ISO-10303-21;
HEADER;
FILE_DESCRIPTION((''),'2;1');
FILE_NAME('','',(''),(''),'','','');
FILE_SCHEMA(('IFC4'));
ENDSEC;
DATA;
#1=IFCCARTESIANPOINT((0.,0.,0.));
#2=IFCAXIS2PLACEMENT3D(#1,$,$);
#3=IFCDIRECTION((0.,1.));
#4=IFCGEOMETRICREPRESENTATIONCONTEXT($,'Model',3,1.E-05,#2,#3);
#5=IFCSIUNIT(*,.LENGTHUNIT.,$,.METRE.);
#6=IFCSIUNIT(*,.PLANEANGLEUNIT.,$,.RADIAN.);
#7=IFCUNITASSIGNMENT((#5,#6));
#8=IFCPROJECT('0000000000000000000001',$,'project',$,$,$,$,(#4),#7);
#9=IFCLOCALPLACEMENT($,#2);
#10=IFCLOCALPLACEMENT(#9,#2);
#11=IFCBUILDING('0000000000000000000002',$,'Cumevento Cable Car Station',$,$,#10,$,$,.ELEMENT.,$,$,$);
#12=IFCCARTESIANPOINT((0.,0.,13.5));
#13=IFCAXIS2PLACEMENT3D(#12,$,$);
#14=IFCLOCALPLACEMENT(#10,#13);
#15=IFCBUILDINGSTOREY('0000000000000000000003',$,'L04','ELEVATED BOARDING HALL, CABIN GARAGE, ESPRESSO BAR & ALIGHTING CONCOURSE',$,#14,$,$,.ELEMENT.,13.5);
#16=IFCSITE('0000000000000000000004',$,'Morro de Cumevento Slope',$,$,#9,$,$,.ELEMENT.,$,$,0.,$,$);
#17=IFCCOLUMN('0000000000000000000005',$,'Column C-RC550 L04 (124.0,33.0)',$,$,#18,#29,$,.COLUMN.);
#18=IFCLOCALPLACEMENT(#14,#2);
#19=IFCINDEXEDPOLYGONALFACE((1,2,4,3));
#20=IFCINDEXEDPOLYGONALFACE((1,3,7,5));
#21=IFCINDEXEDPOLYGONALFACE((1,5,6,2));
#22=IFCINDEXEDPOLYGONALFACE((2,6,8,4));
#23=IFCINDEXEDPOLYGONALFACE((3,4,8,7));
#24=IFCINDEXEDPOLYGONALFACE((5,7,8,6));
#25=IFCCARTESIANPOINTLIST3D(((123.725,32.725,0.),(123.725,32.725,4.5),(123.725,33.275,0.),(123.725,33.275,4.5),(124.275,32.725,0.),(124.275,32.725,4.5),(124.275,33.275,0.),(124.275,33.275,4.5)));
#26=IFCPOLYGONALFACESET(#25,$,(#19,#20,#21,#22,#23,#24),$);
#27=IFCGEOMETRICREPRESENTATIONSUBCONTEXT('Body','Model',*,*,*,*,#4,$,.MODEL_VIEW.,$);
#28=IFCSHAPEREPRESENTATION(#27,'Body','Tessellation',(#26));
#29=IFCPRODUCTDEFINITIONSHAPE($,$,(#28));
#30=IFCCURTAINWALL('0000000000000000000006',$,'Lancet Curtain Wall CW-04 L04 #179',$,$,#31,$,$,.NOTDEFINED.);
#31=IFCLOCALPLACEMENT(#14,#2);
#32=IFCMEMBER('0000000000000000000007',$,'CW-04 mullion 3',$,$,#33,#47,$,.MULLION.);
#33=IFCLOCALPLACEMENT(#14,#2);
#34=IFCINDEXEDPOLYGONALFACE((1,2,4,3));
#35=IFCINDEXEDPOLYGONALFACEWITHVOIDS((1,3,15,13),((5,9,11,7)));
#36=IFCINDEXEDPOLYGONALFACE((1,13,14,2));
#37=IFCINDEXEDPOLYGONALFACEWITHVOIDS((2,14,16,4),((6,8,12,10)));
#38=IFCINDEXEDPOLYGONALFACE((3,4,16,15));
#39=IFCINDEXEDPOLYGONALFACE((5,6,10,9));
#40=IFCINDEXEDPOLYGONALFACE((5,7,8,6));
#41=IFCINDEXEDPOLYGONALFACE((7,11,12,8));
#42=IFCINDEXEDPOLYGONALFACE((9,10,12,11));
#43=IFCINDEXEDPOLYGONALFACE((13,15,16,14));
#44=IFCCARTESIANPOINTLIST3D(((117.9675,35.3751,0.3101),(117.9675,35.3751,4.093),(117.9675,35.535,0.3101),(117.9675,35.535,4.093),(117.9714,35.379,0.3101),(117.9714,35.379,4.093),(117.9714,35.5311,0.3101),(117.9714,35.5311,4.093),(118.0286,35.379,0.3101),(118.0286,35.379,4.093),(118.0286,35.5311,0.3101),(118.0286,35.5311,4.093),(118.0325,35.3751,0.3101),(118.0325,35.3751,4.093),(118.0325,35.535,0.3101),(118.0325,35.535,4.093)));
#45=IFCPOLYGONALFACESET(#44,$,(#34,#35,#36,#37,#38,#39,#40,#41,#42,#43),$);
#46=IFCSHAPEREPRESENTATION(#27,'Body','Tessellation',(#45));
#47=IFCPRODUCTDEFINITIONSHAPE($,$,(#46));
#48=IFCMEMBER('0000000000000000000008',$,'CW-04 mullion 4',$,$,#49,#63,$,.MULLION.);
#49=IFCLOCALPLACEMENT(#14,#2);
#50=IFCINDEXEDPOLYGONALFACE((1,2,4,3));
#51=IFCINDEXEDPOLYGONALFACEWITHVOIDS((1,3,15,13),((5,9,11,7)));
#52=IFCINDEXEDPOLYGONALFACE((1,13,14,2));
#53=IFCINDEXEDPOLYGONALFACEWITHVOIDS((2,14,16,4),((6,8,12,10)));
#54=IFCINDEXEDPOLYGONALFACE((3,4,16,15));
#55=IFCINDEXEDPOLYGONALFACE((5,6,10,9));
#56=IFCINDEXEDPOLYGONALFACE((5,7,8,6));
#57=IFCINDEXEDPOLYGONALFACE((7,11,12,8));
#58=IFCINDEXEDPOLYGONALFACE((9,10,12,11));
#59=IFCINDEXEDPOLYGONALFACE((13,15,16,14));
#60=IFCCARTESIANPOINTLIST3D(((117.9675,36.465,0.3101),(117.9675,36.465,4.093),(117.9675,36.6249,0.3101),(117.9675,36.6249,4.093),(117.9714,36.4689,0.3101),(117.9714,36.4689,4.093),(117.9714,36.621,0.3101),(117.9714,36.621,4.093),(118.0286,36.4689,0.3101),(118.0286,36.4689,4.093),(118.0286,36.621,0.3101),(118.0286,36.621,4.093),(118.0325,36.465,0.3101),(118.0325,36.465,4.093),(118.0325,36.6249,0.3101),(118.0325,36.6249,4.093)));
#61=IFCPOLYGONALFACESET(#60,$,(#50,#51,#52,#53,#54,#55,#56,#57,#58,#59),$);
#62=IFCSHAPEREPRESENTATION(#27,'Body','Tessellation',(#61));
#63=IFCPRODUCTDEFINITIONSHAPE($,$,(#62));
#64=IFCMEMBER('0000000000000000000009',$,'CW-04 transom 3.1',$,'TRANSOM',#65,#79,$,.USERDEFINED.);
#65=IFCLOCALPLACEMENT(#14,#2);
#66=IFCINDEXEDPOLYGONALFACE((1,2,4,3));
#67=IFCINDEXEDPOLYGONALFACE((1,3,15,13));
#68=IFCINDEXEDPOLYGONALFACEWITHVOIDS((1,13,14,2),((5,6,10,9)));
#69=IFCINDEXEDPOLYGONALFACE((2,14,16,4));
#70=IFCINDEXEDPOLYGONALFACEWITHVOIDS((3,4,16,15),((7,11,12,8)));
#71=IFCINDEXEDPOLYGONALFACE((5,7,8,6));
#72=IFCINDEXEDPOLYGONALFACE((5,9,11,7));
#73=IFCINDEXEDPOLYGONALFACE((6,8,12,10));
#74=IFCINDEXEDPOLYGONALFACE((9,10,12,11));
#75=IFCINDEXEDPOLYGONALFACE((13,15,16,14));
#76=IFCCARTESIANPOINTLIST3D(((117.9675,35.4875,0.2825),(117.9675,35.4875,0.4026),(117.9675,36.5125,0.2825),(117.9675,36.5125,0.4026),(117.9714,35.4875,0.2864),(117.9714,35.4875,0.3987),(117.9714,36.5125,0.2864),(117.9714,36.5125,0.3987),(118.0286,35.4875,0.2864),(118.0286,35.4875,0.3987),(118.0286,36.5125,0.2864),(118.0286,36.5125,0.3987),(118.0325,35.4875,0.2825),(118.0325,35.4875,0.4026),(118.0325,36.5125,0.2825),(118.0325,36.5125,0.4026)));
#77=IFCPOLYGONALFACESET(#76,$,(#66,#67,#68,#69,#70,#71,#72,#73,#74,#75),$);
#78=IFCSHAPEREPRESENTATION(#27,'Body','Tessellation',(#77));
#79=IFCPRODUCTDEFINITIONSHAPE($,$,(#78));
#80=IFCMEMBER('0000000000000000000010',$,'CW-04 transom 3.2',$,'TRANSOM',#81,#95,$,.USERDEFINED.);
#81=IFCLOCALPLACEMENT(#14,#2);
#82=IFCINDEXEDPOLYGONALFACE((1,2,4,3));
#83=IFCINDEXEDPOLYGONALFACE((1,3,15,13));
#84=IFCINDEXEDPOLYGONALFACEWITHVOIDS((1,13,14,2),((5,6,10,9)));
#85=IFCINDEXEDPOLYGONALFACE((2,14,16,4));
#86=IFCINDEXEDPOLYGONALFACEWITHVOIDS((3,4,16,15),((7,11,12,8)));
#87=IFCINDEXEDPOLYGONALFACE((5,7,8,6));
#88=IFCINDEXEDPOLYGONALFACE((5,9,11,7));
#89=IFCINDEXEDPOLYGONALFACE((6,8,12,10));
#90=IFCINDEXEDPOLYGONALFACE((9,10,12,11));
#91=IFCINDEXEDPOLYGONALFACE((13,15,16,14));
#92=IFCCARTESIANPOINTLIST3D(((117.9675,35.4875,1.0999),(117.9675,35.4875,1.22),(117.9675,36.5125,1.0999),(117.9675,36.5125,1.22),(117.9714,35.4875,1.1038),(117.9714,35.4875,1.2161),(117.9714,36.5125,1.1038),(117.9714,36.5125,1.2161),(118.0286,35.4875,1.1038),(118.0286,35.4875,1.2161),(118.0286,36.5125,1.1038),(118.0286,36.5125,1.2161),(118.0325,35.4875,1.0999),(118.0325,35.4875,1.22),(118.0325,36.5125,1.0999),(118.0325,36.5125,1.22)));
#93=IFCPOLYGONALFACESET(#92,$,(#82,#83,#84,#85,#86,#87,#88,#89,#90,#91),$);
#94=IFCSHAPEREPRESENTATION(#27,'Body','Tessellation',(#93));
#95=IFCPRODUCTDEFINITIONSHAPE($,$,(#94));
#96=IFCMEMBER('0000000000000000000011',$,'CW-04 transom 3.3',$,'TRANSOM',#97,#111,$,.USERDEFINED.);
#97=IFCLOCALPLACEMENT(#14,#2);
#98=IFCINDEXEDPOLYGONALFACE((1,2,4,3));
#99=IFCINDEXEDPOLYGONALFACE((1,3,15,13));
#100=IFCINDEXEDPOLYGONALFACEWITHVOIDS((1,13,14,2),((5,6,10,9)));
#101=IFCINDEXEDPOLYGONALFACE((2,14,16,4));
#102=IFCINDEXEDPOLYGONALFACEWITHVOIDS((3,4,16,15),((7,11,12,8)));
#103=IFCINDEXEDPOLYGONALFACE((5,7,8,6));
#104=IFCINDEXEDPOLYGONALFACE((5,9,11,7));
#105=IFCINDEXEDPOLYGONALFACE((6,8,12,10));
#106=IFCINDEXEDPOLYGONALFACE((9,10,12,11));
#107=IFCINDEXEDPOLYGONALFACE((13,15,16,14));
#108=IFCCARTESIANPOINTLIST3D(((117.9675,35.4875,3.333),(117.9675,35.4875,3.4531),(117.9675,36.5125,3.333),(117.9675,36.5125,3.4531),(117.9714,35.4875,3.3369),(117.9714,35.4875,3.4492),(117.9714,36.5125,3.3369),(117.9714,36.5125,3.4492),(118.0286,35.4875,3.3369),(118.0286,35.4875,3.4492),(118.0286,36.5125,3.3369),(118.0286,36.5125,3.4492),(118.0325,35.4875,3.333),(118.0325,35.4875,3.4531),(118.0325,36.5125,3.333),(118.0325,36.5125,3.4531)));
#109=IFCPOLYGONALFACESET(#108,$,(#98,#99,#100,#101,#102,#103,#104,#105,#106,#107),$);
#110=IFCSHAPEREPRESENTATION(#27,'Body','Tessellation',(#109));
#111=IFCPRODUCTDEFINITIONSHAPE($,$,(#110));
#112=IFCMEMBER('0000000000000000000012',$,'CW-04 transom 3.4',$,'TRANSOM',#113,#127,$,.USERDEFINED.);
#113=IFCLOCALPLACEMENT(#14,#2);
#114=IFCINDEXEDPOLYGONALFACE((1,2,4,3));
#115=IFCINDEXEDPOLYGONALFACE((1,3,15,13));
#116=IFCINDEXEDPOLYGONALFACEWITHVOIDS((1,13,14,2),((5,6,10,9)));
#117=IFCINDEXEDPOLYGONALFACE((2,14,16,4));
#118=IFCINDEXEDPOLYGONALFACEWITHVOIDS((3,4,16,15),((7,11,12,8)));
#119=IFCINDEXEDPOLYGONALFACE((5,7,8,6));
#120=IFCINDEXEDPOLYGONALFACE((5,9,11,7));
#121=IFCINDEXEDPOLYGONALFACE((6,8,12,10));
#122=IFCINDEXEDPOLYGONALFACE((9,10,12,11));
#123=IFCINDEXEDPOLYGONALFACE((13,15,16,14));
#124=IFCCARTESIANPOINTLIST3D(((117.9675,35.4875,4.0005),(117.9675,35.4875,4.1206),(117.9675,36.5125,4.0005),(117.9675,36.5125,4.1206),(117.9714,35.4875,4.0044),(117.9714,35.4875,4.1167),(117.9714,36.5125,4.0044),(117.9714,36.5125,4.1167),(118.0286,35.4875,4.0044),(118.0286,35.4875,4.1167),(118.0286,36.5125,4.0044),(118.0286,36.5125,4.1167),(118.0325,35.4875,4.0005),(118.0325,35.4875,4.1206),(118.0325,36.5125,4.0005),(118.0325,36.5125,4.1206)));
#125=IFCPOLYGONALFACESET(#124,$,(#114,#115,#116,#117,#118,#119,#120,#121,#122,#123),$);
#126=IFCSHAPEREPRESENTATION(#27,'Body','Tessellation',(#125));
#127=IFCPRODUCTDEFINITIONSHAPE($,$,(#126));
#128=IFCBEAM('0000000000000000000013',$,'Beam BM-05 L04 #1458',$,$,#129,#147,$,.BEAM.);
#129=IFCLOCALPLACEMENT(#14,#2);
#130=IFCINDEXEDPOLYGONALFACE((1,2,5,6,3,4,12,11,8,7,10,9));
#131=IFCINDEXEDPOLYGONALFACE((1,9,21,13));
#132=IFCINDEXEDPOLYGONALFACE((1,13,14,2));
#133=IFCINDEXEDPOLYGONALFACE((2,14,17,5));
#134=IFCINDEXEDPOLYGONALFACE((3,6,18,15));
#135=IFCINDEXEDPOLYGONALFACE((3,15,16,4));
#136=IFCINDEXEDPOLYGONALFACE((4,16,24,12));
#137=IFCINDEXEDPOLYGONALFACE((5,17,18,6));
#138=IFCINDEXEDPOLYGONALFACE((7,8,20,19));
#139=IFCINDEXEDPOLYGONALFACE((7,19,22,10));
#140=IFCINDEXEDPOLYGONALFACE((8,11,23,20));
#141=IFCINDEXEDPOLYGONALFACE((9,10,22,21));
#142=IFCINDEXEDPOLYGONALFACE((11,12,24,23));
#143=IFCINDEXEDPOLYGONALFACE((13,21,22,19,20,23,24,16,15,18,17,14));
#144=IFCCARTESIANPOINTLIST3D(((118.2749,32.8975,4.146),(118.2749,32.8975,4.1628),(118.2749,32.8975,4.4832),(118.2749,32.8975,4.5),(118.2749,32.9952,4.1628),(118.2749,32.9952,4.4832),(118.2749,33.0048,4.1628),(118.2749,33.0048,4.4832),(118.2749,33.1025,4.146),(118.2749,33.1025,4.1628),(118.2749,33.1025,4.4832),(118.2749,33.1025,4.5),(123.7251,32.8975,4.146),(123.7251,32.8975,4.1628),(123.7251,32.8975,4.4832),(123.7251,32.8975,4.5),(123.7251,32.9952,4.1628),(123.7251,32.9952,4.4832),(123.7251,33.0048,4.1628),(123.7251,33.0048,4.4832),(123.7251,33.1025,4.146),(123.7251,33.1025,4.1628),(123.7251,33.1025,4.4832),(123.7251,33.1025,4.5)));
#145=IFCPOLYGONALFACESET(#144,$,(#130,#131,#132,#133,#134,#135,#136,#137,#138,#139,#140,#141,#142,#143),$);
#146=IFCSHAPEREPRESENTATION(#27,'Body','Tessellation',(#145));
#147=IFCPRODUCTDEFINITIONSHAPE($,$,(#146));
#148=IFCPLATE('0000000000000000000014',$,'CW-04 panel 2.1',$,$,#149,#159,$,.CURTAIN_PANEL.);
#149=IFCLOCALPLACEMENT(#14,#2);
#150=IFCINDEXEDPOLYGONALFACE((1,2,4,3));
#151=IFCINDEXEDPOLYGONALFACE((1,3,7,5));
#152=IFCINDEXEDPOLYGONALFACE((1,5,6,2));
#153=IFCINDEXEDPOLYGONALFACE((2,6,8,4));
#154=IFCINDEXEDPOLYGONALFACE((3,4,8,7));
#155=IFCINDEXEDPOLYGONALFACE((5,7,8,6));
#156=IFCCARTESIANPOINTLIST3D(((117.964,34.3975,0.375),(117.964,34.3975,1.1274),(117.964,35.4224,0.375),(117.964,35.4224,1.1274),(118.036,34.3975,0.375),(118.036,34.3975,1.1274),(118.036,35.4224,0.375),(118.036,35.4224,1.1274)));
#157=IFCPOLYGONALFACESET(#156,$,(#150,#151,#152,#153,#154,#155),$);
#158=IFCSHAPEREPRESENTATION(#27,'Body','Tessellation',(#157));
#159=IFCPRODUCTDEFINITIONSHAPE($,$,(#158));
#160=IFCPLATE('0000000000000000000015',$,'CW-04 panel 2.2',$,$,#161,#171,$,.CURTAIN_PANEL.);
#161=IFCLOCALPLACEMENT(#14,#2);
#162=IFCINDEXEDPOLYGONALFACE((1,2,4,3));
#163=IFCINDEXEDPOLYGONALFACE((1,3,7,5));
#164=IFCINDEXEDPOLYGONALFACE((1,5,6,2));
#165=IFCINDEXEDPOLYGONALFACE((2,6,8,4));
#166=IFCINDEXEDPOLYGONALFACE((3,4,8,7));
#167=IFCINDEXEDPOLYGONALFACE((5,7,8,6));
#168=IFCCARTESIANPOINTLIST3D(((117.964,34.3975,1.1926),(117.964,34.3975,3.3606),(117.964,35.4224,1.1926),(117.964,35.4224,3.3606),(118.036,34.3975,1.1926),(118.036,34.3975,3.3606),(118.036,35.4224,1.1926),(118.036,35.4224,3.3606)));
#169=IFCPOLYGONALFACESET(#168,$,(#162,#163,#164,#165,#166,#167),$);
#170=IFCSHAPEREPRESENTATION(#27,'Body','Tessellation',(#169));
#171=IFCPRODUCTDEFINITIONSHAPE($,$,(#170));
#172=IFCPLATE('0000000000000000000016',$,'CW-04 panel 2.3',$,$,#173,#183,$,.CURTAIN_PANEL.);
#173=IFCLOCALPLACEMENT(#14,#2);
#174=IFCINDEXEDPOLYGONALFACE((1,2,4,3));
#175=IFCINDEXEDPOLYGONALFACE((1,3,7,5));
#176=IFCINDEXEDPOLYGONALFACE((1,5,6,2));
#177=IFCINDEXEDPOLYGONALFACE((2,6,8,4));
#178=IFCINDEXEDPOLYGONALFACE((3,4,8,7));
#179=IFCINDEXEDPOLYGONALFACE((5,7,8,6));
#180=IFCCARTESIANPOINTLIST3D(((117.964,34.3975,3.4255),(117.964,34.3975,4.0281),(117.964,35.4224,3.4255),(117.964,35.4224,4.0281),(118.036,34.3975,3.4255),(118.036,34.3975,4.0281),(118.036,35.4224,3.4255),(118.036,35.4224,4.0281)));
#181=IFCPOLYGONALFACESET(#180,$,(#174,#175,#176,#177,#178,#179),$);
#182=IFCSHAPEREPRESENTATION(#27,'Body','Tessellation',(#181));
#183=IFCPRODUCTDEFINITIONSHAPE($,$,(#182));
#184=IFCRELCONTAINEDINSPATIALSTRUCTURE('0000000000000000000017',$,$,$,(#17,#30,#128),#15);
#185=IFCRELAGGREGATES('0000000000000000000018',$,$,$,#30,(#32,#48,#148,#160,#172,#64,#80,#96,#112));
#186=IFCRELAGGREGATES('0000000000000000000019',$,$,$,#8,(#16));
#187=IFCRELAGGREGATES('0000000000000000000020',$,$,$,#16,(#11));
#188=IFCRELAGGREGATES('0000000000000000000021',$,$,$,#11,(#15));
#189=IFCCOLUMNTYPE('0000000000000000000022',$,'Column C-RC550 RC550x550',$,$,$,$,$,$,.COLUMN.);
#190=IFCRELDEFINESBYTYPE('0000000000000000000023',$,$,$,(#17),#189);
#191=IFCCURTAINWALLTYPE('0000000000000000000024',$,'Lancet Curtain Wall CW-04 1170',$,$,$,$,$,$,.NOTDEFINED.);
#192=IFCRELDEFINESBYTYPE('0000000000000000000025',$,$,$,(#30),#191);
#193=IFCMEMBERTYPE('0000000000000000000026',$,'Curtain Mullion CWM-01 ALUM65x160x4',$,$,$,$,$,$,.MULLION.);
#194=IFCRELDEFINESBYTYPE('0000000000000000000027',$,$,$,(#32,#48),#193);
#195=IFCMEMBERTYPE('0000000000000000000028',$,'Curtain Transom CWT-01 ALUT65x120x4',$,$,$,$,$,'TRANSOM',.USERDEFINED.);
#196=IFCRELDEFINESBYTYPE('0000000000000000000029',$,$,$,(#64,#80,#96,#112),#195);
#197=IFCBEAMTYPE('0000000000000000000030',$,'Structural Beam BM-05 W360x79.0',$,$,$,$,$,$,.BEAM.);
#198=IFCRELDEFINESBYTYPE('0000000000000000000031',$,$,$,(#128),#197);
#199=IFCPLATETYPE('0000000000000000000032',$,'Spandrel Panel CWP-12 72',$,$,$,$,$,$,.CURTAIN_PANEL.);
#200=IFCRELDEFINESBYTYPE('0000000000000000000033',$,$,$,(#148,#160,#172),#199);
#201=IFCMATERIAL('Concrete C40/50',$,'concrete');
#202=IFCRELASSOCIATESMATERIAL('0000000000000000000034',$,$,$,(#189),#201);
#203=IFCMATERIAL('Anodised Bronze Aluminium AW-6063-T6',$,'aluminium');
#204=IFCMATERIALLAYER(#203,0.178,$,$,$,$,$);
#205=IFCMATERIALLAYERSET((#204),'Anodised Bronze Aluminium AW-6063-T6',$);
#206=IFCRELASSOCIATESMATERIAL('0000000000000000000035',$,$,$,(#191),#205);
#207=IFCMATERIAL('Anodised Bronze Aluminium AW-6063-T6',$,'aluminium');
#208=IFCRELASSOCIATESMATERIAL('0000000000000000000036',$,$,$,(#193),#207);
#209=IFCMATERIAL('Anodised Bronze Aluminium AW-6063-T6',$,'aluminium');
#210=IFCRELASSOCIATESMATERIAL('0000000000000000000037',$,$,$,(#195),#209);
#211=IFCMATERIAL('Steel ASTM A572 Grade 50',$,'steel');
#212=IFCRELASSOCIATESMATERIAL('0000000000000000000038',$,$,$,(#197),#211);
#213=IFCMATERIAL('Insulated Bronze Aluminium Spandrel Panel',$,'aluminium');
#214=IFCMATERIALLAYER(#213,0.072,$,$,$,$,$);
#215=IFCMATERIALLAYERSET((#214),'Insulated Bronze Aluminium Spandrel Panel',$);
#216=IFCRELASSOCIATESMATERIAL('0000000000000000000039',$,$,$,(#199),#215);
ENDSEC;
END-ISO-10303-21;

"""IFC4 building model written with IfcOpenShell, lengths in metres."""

from ifc_helpers import new_model, si_unit, direction, frame, origin, origin_2d, place, context, subcontext, project, spatial, rectangle, hollow_rectangle, i_section, extrude, material, layer, layer_set, material_profile, profile_set, type_object, element, aggregate, save


model = new_model("IFC4")

# Units and contexts
model_context = context("Model", 3, precision=1e-05, world=origin(), true_north=direction((0.0, 1.0)))
body_context = subcontext(model_context, "Body", "Model", "MODEL_VIEW")
ifc_project = project(units=[si_unit("LENGTHUNIT", "METRE"), si_unit("PLANEANGLEUNIT", "RADIAN")], contexts=[model_context])

# Site, building, storey
site_placement = place(None, origin())
site = spatial("IfcSite", under=ifc_project, at=site_placement, Name="Morro de Cumevento Slope", CompositionType="ELEMENT", RefElevation=0.0)
building_placement = place(site_placement, origin())
building = spatial("IfcBuilding", under=site, at=building_placement, Name="Cumevento Cable Car Station", CompositionType="ELEMENT")
storey_placement = place(building_placement, frame((0.0, 0.0, 13.5)))
storey = spatial("IfcBuildingStorey", under=building, at=storey_placement, Name="L04", Description="ELEVATED BOARDING HALL, CABIN GARAGE, ESPRESSO BAR & ALIGHTING CONCOURSE", CompositionType="ELEMENT", Elevation=13.5)

# Column
ifc_material_1 = material(Name="Concrete C40/50", Category="concrete")
ifc_material_profile_1 = material_profile(ifc_material_1, rectangle(XDim=0.55, YDim=0.55, at=origin_2d()), Name="RC550x550")
ifc_profile_set_1 = profile_set([ifc_material_profile_1], Name="Concrete C40/50")
column_type = type_object("IfcColumnType", Name="Column C-RC550 RC550x550", PredefinedType="COLUMN", material=ifc_profile_set_1)
column_placement = place(storey_placement, frame((124.0, 33.0, 0.0), z_axis=(0.0, 0.0, 1.0), x_axis=(1.0, 0.0, 0.0)))
element("IfcColumn", 1, at=column_placement, inside=storey, type_object=column_type, Name="Column C-RC550 L04 (124.0,33.0)", PredefinedType="COLUMN", context=body_context, shape_type="SweptSolid", body=[
    extrude(rectangle(XDim=0.55, YDim=0.55, at=origin_2d()), origin(), (0.0, 0.0, 1.0), 4.5),
])

# Curtain wall, members
ifc_material_2 = material(Name="Anodised Bronze Aluminium AW-6063-T6", Category="aluminium")
ifc_layer_1 = layer(ifc_material_2, 0.178)
ifc_layer_set_1 = layer_set([ifc_layer_1], Name="Anodised Bronze Aluminium AW-6063-T6")
curtain_wall_type = type_object("IfcCurtainWallType", Name="Lancet Curtain Wall CW-04 1170", PredefinedType="NOTDEFINED", material=ifc_layer_set_1)
curtain_wall_placement = place(storey_placement, origin())
curtain_wall = element("IfcCurtainWall", 2, at=curtain_wall_placement, inside=storey, type_object=curtain_wall_type, Name="Lancet Curtain Wall CW-04 L04 #179", PredefinedType="NOTDEFINED")
ifc_material_3 = material(Name="Anodised Bronze Aluminium AW-6063-T6", Category="aluminium")
ifc_material_profile_2 = material_profile(ifc_material_3, hollow_rectangle(XDim=0.0649, YDim=0.1599, WallThickness=0.0039, at=origin_2d()), Name="ALUM65x160x4")
ifc_profile_set_2 = profile_set([ifc_material_profile_2], Name="Anodised Bronze Aluminium AW-6063-T6")
member_type_1 = type_object("IfcMemberType", Name="Curtain Mullion CWM-01 ALUM65x160x4", PredefinedType="MULLION", material=ifc_profile_set_2)
member_1_placement = place(storey_placement, frame((118.0, 35.4551, 0.3101), z_axis=(0.0, 0.0, 1.0), x_axis=(-1.0, 0.0, 0.0)))
member_1 = element("IfcMember", 3, at=member_1_placement, type_object=member_type_1, Name="CW-04 mullion 3", PredefinedType="MULLION", context=body_context, shape_type="SweptSolid", body=[
    extrude(hollow_rectangle(XDim=0.0649, YDim=0.1599, WallThickness=0.0039, at=origin_2d()), origin(), (0.0, 0.0, 1.0), 3.783),
])
member_2_placement = place(storey_placement, frame((118.0, 36.5449, 0.3101), z_axis=(0.0, 0.0, 1.0), x_axis=(-1.0, 0.0, 0.0)))
member_2 = element("IfcMember", 4, at=member_2_placement, type_object=member_type_1, Name="CW-04 mullion 4", PredefinedType="MULLION", context=body_context, shape_type="SweptSolid", body=[
    extrude(hollow_rectangle(XDim=0.0649, YDim=0.1599, WallThickness=0.0039, at=origin_2d()), origin(), (0.0, 0.0, 1.0), 3.783),
])
ifc_material_4 = material(Name="Anodised Bronze Aluminium AW-6063-T6", Category="aluminium")
ifc_material_profile_3 = material_profile(ifc_material_4, hollow_rectangle(XDim=0.0649, YDim=0.1201, WallThickness=0.0039, at=origin_2d()), Name="ALUT65x120x4")
ifc_profile_set_3 = profile_set([ifc_material_profile_3], Name="Anodised Bronze Aluminium AW-6063-T6")
member_type_2 = type_object("IfcMemberType", Name="Curtain Transom CWT-01 ALUT65x120x4", ElementType="TRANSOM", PredefinedType="USERDEFINED", material=ifc_profile_set_3)
member_3_placement = place(storey_placement, frame((118.0, 35.4875, 0.3425), z_axis=(0.0, 1.0, 0.0), x_axis=(-1.0, 0.0, 0.0)))
member_3 = element("IfcMember", 5, at=member_3_placement, type_object=member_type_2, Name="CW-04 transom 3.1", ObjectType="TRANSOM", PredefinedType="USERDEFINED", context=body_context, shape_type="SweptSolid", body=[
    extrude(hollow_rectangle(XDim=0.0649, YDim=0.1201, WallThickness=0.0039, at=origin_2d()), origin(), (0.0, 0.0, 1.0), 1.0249),
])
member_4_placement = place(storey_placement, frame((118.0, 35.4875, 1.1599), z_axis=(0.0, 1.0, 0.0), x_axis=(-1.0, 0.0, 0.0)))
member_4 = element("IfcMember", 6, at=member_4_placement, type_object=member_type_2, Name="CW-04 transom 3.2", ObjectType="TRANSOM", PredefinedType="USERDEFINED", context=body_context, shape_type="SweptSolid", body=[
    extrude(hollow_rectangle(XDim=0.0649, YDim=0.1201, WallThickness=0.0039, at=origin_2d()), origin(), (0.0, 0.0, 1.0), 1.0249),
])
member_5_placement = place(storey_placement, frame((118.0, 35.4875, 3.3931), z_axis=(0.0, 1.0, 0.0), x_axis=(-1.0, 0.0, 0.0)))
member_5 = element("IfcMember", 7, at=member_5_placement, type_object=member_type_2, Name="CW-04 transom 3.3", ObjectType="TRANSOM", PredefinedType="USERDEFINED", context=body_context, shape_type="SweptSolid", body=[
    extrude(hollow_rectangle(XDim=0.0649, YDim=0.1201, WallThickness=0.0039, at=origin_2d()), origin(), (0.0, 0.0, 1.0), 1.0249),
])
member_6_placement = place(storey_placement, frame((118.0, 35.4875, 4.0605), z_axis=(0.0, 1.0, 0.0), x_axis=(-1.0, 0.0, 0.0)))
member_6 = element("IfcMember", 8, at=member_6_placement, type_object=member_type_2, Name="CW-04 transom 3.4", ObjectType="TRANSOM", PredefinedType="USERDEFINED", context=body_context, shape_type="SweptSolid", body=[
    extrude(hollow_rectangle(XDim=0.0649, YDim=0.1201, WallThickness=0.0039, at=origin_2d()), origin(), (0.0, 0.0, 1.0), 1.0249),
])

# Beam
ifc_material_5 = material(Name="Steel ASTM A572 Grade 50", Category="steel")
ifc_material_profile_4 = material_profile(ifc_material_5, i_section(OverallWidth=0.2051, OverallDepth=0.354, WebThickness=0.0095, FlangeThickness=0.0168, at=origin_2d()), Name="W360x79.0")
ifc_profile_set_4 = profile_set([ifc_material_profile_4], Name="Steel ASTM A572 Grade 50")
beam_type = type_object("IfcBeamType", Name="Structural Beam BM-05 W360x79.0", PredefinedType="BEAM", material=ifc_profile_set_4)
beam_placement = place(storey_placement, frame((118.2749, 33.0, 4.323), z_axis=(1.0, 0.0, 0.0), x_axis=(0.0, 1.0, 0.0)))
element("IfcBeam", 9, at=beam_placement, inside=storey, type_object=beam_type, Name="Beam BM-05 L04 #1458", PredefinedType="BEAM", context=body_context, shape_type="SweptSolid", body=[
    extrude(i_section(OverallWidth=0.2051, OverallDepth=0.354, WebThickness=0.0095, FlangeThickness=0.0168, at=origin_2d()), origin(), (0.0, 0.0, 1.0), 5.4502),
])

# Plates
ifc_material_6 = material(Name="Insulated Bronze Aluminium Spandrel Panel", Category="aluminium")
ifc_layer_2 = layer(ifc_material_6, 0.072)
ifc_layer_set_2 = layer_set([ifc_layer_2], Name="Insulated Bronze Aluminium Spandrel Panel")
plate_type = type_object("IfcPlateType", Name="Spandrel Panel CWP-12 72", PredefinedType="CURTAIN_PANEL", material=ifc_layer_set_2)
plate_1_placement = place(storey_placement, frame((118.0, 34.9099, 0.375), z_axis=(0.0, 0.0, 1.0), x_axis=(0.0, 1.0, 0.0)))
plate_1 = element("IfcPlate", 10, at=plate_1_placement, type_object=plate_type, Name="CW-04 panel 2.1", PredefinedType="CURTAIN_PANEL", context=body_context, shape_type="SweptSolid", body=[
    extrude(rectangle(XDim=1.0249, YDim=0.072, at=origin_2d()), origin(), (0.0, 0.0, 1.0), 0.7524),
])
plate_2_placement = place(storey_placement, frame((118.0, 34.9099, 1.1926), z_axis=(0.0, 0.0, 1.0), x_axis=(0.0, 1.0, 0.0)))
plate_2 = element("IfcPlate", 11, at=plate_2_placement, type_object=plate_type, Name="CW-04 panel 2.2", PredefinedType="CURTAIN_PANEL", context=body_context, shape_type="SweptSolid", body=[
    extrude(rectangle(XDim=1.0249, YDim=0.072, at=origin_2d()), origin(), (0.0, 0.0, 1.0), 2.168),
])
plate_3_placement = place(storey_placement, frame((118.0, 34.9099, 3.4255), z_axis=(0.0, 0.0, 1.0), x_axis=(0.0, 1.0, 0.0)))
plate_3 = element("IfcPlate", 12, at=plate_3_placement, type_object=plate_type, Name="CW-04 panel 2.3", PredefinedType="CURTAIN_PANEL", context=body_context, shape_type="SweptSolid", body=[
    extrude(rectangle(XDim=1.0249, YDim=0.072, at=origin_2d()), origin(), (0.0, 0.0, 1.0), 0.6025),
])
aggregate(curtain_wall, [member_1, member_2, plate_1, plate_2, plate_3, member_3, member_4, member_5, member_6])

save(model, "model.ifc")
